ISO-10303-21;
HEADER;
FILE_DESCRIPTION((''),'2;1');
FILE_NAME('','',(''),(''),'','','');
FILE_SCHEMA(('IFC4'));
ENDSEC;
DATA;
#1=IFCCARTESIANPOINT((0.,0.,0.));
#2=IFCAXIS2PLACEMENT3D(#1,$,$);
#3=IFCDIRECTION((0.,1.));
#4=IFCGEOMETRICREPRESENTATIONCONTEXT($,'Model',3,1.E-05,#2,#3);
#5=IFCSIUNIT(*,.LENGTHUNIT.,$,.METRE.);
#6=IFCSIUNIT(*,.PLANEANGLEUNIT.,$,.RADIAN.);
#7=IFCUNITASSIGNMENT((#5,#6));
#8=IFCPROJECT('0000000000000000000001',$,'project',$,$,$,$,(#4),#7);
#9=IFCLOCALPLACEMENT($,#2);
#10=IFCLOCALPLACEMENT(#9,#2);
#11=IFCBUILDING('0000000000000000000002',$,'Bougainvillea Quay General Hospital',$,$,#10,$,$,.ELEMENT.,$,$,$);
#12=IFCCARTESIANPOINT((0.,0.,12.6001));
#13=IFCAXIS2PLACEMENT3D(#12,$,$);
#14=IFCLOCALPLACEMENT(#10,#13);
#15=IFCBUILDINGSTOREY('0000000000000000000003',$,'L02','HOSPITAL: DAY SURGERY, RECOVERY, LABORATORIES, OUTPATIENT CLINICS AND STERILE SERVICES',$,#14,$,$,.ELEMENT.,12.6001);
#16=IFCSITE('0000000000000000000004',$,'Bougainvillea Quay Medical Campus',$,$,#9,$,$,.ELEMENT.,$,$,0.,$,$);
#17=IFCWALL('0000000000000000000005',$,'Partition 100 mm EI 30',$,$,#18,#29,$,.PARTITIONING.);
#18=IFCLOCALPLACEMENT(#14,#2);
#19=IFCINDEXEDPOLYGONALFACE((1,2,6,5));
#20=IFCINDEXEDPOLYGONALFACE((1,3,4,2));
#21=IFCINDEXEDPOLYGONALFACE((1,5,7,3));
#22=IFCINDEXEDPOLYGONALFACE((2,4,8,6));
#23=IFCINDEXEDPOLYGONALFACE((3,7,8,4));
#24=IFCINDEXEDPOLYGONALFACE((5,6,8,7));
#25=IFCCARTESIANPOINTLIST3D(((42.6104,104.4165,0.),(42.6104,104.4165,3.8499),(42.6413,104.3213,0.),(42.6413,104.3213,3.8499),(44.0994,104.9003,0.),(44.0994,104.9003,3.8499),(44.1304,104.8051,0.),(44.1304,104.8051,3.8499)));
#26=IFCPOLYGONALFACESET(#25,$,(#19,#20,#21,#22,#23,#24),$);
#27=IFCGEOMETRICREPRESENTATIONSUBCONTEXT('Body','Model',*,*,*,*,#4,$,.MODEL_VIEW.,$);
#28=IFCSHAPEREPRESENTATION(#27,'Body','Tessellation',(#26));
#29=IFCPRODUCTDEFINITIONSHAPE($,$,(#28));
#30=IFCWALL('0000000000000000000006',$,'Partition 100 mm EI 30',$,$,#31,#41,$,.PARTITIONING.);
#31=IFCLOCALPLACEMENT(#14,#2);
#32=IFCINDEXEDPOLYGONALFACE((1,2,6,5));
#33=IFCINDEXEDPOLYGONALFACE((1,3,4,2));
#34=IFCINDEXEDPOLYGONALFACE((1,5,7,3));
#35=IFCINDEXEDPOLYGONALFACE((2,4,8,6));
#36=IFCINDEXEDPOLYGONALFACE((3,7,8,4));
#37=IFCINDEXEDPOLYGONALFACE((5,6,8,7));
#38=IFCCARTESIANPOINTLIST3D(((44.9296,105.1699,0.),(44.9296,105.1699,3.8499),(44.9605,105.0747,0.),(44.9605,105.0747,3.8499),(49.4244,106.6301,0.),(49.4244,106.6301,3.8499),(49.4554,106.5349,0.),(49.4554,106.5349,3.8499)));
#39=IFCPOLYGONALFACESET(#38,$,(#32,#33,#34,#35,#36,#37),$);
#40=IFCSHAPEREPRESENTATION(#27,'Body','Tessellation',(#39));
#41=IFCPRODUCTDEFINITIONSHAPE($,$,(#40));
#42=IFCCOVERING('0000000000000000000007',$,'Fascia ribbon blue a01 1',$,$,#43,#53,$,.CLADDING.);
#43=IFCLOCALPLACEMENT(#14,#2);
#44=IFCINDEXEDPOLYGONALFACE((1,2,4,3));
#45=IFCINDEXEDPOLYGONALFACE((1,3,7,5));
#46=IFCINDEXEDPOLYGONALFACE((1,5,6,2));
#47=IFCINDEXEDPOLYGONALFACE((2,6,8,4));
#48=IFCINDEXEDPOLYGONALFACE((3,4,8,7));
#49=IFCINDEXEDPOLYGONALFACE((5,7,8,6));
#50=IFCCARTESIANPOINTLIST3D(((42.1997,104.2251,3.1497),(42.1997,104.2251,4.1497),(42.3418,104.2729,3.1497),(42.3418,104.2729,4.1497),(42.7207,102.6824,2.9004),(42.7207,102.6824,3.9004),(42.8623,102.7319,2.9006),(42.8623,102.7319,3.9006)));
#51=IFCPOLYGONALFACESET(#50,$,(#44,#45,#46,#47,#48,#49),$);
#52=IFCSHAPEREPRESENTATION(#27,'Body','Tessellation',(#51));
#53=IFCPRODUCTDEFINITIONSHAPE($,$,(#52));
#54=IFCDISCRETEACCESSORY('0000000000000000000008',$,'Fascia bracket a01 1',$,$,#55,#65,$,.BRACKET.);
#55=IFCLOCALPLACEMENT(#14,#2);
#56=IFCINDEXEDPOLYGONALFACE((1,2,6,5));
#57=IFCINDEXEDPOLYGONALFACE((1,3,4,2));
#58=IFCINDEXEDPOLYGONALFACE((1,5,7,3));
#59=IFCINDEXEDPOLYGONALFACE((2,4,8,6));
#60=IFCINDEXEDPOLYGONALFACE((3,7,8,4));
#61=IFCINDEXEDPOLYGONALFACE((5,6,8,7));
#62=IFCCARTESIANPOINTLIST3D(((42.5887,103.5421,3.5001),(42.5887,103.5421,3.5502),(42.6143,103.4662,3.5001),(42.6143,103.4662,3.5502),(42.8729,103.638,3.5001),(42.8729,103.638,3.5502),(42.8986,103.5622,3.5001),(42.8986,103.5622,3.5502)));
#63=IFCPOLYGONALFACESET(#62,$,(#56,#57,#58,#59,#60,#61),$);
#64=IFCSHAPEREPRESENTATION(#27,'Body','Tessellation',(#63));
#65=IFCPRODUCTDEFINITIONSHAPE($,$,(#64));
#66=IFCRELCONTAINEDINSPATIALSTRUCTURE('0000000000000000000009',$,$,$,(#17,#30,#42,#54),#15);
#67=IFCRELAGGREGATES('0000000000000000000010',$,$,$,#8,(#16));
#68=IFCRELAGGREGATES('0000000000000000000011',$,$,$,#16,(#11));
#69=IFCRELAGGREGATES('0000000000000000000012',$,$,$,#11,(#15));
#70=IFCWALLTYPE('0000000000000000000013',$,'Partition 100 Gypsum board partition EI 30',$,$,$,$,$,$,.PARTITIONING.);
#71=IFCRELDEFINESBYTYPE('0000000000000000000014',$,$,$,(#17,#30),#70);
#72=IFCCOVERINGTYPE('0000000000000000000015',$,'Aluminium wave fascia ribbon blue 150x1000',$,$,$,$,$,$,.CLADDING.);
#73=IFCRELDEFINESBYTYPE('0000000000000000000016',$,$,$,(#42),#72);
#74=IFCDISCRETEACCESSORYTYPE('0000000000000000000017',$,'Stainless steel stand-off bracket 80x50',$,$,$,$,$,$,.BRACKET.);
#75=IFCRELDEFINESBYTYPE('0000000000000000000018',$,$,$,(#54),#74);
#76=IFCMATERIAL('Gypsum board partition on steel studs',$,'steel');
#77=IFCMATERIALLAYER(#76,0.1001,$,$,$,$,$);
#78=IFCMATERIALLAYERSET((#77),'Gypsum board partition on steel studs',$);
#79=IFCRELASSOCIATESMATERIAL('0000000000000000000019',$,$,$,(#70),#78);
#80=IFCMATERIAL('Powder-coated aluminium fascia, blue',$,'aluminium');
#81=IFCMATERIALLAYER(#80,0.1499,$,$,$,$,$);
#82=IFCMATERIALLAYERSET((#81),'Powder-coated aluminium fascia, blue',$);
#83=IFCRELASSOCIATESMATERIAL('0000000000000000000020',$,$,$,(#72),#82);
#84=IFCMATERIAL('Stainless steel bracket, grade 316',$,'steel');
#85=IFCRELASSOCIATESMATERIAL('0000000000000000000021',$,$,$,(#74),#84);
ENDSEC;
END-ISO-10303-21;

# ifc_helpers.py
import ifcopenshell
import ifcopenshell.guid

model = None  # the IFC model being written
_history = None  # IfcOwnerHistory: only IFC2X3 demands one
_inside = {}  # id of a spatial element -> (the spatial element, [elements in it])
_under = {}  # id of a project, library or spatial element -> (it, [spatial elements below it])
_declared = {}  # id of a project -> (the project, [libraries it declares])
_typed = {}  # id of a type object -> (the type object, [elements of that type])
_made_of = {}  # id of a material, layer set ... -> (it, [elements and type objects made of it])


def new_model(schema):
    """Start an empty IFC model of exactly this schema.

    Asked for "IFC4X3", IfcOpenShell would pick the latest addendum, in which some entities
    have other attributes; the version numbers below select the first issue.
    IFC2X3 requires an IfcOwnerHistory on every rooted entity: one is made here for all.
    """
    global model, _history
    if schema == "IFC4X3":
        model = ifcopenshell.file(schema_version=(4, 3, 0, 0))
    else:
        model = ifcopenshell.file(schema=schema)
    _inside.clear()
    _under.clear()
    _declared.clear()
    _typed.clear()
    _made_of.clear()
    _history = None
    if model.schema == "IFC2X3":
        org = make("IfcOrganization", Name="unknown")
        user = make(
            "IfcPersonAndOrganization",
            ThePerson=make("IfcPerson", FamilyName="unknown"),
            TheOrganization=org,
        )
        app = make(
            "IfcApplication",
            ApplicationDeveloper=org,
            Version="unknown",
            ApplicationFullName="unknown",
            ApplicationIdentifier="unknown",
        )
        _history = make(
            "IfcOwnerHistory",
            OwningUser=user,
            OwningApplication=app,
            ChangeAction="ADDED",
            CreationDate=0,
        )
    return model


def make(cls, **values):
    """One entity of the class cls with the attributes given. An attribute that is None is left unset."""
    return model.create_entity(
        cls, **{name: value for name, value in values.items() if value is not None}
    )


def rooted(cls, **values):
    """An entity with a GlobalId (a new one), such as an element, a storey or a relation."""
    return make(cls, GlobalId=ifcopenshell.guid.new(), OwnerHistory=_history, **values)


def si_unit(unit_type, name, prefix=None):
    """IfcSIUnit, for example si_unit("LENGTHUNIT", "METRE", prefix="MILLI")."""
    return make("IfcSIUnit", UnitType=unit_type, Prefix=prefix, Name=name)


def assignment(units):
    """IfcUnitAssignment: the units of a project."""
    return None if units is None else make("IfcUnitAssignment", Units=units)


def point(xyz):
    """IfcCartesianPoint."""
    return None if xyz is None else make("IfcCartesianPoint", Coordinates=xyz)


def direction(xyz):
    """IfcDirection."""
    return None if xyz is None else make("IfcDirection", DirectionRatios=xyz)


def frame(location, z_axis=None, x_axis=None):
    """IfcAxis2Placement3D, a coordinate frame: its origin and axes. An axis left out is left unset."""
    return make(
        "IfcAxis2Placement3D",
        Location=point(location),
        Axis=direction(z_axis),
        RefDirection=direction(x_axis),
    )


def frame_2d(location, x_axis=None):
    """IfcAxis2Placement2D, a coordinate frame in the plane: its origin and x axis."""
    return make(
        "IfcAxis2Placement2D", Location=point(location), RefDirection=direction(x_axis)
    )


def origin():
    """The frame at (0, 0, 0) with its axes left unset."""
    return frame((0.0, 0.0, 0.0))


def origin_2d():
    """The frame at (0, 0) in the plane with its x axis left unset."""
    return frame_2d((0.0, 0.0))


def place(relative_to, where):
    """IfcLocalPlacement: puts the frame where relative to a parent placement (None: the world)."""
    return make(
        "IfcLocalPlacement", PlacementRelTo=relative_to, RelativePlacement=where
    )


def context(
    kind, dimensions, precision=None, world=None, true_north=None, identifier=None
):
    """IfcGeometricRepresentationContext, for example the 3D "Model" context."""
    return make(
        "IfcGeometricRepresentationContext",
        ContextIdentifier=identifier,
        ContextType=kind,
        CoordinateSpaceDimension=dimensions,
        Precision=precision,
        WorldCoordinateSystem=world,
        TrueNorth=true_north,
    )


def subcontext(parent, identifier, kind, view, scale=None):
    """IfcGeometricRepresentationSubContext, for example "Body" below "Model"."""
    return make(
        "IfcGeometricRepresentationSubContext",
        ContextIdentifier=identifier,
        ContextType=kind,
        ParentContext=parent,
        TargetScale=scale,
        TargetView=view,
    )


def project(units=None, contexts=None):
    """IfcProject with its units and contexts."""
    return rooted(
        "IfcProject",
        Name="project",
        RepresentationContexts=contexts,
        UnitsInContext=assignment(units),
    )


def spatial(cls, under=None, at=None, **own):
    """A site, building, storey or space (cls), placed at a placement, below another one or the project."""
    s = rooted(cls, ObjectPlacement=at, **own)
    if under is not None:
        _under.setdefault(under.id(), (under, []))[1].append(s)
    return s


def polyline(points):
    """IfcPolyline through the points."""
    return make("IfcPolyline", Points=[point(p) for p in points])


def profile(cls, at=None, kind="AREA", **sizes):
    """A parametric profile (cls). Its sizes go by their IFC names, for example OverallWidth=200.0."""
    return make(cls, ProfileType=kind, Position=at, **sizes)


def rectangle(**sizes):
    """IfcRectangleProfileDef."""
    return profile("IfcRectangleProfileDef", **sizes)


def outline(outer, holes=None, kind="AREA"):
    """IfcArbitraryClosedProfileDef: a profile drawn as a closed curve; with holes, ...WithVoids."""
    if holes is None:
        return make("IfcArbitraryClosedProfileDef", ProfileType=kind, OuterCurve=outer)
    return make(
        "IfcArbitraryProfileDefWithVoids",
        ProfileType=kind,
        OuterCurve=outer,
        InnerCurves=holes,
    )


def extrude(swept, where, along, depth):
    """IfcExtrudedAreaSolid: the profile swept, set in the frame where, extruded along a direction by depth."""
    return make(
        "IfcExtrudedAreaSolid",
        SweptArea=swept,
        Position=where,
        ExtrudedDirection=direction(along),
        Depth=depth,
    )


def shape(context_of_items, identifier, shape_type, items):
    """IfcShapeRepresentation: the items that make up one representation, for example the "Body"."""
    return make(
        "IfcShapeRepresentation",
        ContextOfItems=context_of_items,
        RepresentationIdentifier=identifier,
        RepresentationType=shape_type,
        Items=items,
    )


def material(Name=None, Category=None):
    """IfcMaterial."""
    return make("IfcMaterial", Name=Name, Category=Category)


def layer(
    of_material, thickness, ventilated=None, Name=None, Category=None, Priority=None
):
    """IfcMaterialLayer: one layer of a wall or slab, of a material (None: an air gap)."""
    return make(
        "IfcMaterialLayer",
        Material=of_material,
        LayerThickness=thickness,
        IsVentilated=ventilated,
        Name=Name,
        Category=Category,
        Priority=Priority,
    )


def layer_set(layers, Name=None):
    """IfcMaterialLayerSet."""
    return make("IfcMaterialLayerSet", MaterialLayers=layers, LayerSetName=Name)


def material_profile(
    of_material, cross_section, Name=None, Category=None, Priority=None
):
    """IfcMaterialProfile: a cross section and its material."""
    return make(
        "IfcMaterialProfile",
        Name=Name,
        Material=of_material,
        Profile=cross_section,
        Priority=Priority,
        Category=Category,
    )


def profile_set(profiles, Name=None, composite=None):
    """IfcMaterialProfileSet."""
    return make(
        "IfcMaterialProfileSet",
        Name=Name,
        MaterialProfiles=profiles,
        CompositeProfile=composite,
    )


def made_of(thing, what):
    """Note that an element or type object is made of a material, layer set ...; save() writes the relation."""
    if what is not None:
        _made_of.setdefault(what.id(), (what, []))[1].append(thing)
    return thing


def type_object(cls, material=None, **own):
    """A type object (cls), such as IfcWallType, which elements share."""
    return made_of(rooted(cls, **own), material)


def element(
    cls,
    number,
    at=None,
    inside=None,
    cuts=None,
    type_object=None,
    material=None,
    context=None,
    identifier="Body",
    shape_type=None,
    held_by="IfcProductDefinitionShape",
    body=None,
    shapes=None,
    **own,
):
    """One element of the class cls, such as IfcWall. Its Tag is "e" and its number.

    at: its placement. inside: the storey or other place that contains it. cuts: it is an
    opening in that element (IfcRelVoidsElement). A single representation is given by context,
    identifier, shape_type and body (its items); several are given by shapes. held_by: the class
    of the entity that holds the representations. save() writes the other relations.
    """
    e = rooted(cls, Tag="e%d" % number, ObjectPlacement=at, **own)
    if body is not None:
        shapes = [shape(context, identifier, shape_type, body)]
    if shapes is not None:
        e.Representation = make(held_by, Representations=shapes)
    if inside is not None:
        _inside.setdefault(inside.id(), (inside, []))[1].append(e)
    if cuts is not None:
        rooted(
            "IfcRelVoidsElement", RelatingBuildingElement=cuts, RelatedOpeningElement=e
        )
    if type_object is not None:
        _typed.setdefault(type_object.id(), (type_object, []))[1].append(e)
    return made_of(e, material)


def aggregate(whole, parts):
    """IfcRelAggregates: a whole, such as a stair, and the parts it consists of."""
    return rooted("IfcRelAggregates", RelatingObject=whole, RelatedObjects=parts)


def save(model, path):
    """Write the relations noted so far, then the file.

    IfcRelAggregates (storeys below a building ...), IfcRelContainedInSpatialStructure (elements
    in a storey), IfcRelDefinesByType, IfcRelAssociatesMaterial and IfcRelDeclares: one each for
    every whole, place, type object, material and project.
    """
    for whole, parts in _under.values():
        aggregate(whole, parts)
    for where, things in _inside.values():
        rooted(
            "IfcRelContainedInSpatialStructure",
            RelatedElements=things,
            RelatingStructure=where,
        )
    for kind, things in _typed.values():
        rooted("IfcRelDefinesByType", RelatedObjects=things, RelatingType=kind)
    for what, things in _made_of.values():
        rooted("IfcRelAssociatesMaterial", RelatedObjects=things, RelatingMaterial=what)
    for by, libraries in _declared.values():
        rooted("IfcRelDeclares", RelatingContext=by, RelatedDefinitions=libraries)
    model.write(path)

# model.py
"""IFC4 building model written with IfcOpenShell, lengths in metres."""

from ifc_helpers import new_model, si_unit, direction, frame, frame_2d, origin, origin_2d, place, context, subcontext, project, spatial, polyline, rectangle, outline, extrude, material, layer, layer_set, material_profile, profile_set, type_object, element, save


model = new_model("IFC4")

# Units and contexts
model_context = context("Model", 3, precision=1e-05, world=origin(), true_north=direction((0.0, 1.0)))
body_context = subcontext(model_context, "Body", "Model", "MODEL_VIEW")
ifc_project = project(units=[si_unit("LENGTHUNIT", "METRE"), si_unit("PLANEANGLEUNIT", "RADIAN")], contexts=[model_context])

# Site, building, storey
site_placement = place(None, origin())
site = spatial("IfcSite", under=ifc_project, at=site_placement, Name="Bougainvillea Quay Medical Campus", CompositionType="ELEMENT", RefElevation=0.0)
building_placement = place(site_placement, origin())
building = spatial("IfcBuilding", under=site, at=building_placement, Name="Bougainvillea Quay General Hospital", CompositionType="ELEMENT")
storey_placement = place(building_placement, frame((0.0, 0.0, 12.6001)))
storey = spatial("IfcBuildingStorey", under=building, at=storey_placement, Name="L02", Description="HOSPITAL: DAY SURGERY, RECOVERY, LABORATORIES, OUTPATIENT CLINICS AND STERILE SERVICES", CompositionType="ELEMENT", Elevation=12.6001)

# Walls
ifc_material_1 = material(Name="Gypsum board partition on steel studs", Category="steel")
ifc_layer_1 = layer(ifc_material_1, 0.1001)
ifc_layer_set_1 = layer_set([ifc_layer_1], Name="Gypsum board partition on steel studs")
wall_type = type_object("IfcWallType", Name="Partition 100 Gypsum board partition EI 30", PredefinedType="PARTITIONING", material=ifc_layer_set_1)
wall_1_placement = place(storey_placement, frame((42.626, 104.3689, 0.0), z_axis=(0.0, 0.0, 1.0), x_axis=(0.951042, 0.309061, 0.0)))
element("IfcWall", 1, at=wall_1_placement, inside=storey, type_object=wall_type, Name="Partition 100 mm EI 30", PredefinedType="PARTITIONING", context=body_context, shape_type="SweptSolid", body=[
    extrude(rectangle(XDim=1.5657, YDim=0.1001, at=frame_2d((0.7827, 0.0))), origin(), (0.0, 0.0, 1.0), 3.8499),
])
wall_2_placement = place(storey_placement, frame((44.9451, 105.1223, 0.0), z_axis=(0.0, 0.0, 1.0), x_axis=(0.951073, 0.308966, 0.0)))
element("IfcWall", 2, at=wall_2_placement, inside=storey, type_object=wall_type, Name="Partition 100 mm EI 30", PredefinedType="PARTITIONING", context=body_context, shape_type="SweptSolid", body=[
    extrude(rectangle(XDim=4.7261, YDim=0.1001, at=frame_2d((2.363, 0.0))), origin(), (0.0, 0.0, 1.0), 3.8499),
])

# Covering
ifc_material_2 = material(Name="Powder-coated aluminium fascia, blue", Category="aluminium")
ifc_layer_2 = layer(ifc_material_2, 0.1499)
ifc_layer_set_2 = layer_set([ifc_layer_2], Name="Powder-coated aluminium fascia, blue")
covering_type = type_object("IfcCoveringType", Name="Aluminium wave fascia ribbon blue 150x1000", PredefinedType="CLADDING", material=ifc_layer_set_2)
covering_placement = place(storey_placement, frame((42.3418, 104.2729, 3.1497), z_axis=(0.048384, -0.143385, 0.988484), x_axis=(0.316322, -0.936504, -0.151328)))
element("IfcCovering", 3, at=covering_placement, inside=storey, type_object=covering_type, Name="Fascia ribbon blue a01 1", PredefinedType="CLADDING", context=body_context, shape_type="SweptSolid", body=[
    extrude(outline(polyline([(0.0, 0.0), (1.6455, 0.0), (1.6472, -0.15), (-0.0001, -0.1499), (0.0, 0.0)])), origin(), (-0.151328, 0.000044, 0.988484), 1.0),
])

# Discrete accessory
ifc_material_3 = material(Name="Stainless steel bracket, grade 316", Category="steel")
ifc_material_profile_1 = material_profile(ifc_material_3, rectangle(XDim=0.0801, YDim=0.05, at=origin_2d()))
ifc_profile_set_1 = profile_set([ifc_material_profile_1], Name="Stainless steel bracket, grade 316")
discrete_accessory_type = type_object("IfcDiscreteAccessoryType", Name="Stainless steel stand-off bracket 80x50", PredefinedType="BRACKET", material=ifc_profile_set_1)
discrete_accessory_placement = place(storey_placement, frame((42.8857, 103.6001, 3.5251), z_axis=(-0.947455, -0.319888, 0.0), x_axis=(0.319888, -0.947455, 0.0)))
element("IfcDiscreteAccessory", 4, at=discrete_accessory_placement, inside=storey, type_object=discrete_accessory_type, Name="Fascia bracket a01 1", PredefinedType="BRACKET", context=body_context, shape_type="SweptSolid", body=[
    extrude(rectangle(XDim=0.0801, YDim=0.05, at=origin_2d()), origin(), (0.0, 0.0, 1.0), 0.3),
])

save(model, "model.ifc")
